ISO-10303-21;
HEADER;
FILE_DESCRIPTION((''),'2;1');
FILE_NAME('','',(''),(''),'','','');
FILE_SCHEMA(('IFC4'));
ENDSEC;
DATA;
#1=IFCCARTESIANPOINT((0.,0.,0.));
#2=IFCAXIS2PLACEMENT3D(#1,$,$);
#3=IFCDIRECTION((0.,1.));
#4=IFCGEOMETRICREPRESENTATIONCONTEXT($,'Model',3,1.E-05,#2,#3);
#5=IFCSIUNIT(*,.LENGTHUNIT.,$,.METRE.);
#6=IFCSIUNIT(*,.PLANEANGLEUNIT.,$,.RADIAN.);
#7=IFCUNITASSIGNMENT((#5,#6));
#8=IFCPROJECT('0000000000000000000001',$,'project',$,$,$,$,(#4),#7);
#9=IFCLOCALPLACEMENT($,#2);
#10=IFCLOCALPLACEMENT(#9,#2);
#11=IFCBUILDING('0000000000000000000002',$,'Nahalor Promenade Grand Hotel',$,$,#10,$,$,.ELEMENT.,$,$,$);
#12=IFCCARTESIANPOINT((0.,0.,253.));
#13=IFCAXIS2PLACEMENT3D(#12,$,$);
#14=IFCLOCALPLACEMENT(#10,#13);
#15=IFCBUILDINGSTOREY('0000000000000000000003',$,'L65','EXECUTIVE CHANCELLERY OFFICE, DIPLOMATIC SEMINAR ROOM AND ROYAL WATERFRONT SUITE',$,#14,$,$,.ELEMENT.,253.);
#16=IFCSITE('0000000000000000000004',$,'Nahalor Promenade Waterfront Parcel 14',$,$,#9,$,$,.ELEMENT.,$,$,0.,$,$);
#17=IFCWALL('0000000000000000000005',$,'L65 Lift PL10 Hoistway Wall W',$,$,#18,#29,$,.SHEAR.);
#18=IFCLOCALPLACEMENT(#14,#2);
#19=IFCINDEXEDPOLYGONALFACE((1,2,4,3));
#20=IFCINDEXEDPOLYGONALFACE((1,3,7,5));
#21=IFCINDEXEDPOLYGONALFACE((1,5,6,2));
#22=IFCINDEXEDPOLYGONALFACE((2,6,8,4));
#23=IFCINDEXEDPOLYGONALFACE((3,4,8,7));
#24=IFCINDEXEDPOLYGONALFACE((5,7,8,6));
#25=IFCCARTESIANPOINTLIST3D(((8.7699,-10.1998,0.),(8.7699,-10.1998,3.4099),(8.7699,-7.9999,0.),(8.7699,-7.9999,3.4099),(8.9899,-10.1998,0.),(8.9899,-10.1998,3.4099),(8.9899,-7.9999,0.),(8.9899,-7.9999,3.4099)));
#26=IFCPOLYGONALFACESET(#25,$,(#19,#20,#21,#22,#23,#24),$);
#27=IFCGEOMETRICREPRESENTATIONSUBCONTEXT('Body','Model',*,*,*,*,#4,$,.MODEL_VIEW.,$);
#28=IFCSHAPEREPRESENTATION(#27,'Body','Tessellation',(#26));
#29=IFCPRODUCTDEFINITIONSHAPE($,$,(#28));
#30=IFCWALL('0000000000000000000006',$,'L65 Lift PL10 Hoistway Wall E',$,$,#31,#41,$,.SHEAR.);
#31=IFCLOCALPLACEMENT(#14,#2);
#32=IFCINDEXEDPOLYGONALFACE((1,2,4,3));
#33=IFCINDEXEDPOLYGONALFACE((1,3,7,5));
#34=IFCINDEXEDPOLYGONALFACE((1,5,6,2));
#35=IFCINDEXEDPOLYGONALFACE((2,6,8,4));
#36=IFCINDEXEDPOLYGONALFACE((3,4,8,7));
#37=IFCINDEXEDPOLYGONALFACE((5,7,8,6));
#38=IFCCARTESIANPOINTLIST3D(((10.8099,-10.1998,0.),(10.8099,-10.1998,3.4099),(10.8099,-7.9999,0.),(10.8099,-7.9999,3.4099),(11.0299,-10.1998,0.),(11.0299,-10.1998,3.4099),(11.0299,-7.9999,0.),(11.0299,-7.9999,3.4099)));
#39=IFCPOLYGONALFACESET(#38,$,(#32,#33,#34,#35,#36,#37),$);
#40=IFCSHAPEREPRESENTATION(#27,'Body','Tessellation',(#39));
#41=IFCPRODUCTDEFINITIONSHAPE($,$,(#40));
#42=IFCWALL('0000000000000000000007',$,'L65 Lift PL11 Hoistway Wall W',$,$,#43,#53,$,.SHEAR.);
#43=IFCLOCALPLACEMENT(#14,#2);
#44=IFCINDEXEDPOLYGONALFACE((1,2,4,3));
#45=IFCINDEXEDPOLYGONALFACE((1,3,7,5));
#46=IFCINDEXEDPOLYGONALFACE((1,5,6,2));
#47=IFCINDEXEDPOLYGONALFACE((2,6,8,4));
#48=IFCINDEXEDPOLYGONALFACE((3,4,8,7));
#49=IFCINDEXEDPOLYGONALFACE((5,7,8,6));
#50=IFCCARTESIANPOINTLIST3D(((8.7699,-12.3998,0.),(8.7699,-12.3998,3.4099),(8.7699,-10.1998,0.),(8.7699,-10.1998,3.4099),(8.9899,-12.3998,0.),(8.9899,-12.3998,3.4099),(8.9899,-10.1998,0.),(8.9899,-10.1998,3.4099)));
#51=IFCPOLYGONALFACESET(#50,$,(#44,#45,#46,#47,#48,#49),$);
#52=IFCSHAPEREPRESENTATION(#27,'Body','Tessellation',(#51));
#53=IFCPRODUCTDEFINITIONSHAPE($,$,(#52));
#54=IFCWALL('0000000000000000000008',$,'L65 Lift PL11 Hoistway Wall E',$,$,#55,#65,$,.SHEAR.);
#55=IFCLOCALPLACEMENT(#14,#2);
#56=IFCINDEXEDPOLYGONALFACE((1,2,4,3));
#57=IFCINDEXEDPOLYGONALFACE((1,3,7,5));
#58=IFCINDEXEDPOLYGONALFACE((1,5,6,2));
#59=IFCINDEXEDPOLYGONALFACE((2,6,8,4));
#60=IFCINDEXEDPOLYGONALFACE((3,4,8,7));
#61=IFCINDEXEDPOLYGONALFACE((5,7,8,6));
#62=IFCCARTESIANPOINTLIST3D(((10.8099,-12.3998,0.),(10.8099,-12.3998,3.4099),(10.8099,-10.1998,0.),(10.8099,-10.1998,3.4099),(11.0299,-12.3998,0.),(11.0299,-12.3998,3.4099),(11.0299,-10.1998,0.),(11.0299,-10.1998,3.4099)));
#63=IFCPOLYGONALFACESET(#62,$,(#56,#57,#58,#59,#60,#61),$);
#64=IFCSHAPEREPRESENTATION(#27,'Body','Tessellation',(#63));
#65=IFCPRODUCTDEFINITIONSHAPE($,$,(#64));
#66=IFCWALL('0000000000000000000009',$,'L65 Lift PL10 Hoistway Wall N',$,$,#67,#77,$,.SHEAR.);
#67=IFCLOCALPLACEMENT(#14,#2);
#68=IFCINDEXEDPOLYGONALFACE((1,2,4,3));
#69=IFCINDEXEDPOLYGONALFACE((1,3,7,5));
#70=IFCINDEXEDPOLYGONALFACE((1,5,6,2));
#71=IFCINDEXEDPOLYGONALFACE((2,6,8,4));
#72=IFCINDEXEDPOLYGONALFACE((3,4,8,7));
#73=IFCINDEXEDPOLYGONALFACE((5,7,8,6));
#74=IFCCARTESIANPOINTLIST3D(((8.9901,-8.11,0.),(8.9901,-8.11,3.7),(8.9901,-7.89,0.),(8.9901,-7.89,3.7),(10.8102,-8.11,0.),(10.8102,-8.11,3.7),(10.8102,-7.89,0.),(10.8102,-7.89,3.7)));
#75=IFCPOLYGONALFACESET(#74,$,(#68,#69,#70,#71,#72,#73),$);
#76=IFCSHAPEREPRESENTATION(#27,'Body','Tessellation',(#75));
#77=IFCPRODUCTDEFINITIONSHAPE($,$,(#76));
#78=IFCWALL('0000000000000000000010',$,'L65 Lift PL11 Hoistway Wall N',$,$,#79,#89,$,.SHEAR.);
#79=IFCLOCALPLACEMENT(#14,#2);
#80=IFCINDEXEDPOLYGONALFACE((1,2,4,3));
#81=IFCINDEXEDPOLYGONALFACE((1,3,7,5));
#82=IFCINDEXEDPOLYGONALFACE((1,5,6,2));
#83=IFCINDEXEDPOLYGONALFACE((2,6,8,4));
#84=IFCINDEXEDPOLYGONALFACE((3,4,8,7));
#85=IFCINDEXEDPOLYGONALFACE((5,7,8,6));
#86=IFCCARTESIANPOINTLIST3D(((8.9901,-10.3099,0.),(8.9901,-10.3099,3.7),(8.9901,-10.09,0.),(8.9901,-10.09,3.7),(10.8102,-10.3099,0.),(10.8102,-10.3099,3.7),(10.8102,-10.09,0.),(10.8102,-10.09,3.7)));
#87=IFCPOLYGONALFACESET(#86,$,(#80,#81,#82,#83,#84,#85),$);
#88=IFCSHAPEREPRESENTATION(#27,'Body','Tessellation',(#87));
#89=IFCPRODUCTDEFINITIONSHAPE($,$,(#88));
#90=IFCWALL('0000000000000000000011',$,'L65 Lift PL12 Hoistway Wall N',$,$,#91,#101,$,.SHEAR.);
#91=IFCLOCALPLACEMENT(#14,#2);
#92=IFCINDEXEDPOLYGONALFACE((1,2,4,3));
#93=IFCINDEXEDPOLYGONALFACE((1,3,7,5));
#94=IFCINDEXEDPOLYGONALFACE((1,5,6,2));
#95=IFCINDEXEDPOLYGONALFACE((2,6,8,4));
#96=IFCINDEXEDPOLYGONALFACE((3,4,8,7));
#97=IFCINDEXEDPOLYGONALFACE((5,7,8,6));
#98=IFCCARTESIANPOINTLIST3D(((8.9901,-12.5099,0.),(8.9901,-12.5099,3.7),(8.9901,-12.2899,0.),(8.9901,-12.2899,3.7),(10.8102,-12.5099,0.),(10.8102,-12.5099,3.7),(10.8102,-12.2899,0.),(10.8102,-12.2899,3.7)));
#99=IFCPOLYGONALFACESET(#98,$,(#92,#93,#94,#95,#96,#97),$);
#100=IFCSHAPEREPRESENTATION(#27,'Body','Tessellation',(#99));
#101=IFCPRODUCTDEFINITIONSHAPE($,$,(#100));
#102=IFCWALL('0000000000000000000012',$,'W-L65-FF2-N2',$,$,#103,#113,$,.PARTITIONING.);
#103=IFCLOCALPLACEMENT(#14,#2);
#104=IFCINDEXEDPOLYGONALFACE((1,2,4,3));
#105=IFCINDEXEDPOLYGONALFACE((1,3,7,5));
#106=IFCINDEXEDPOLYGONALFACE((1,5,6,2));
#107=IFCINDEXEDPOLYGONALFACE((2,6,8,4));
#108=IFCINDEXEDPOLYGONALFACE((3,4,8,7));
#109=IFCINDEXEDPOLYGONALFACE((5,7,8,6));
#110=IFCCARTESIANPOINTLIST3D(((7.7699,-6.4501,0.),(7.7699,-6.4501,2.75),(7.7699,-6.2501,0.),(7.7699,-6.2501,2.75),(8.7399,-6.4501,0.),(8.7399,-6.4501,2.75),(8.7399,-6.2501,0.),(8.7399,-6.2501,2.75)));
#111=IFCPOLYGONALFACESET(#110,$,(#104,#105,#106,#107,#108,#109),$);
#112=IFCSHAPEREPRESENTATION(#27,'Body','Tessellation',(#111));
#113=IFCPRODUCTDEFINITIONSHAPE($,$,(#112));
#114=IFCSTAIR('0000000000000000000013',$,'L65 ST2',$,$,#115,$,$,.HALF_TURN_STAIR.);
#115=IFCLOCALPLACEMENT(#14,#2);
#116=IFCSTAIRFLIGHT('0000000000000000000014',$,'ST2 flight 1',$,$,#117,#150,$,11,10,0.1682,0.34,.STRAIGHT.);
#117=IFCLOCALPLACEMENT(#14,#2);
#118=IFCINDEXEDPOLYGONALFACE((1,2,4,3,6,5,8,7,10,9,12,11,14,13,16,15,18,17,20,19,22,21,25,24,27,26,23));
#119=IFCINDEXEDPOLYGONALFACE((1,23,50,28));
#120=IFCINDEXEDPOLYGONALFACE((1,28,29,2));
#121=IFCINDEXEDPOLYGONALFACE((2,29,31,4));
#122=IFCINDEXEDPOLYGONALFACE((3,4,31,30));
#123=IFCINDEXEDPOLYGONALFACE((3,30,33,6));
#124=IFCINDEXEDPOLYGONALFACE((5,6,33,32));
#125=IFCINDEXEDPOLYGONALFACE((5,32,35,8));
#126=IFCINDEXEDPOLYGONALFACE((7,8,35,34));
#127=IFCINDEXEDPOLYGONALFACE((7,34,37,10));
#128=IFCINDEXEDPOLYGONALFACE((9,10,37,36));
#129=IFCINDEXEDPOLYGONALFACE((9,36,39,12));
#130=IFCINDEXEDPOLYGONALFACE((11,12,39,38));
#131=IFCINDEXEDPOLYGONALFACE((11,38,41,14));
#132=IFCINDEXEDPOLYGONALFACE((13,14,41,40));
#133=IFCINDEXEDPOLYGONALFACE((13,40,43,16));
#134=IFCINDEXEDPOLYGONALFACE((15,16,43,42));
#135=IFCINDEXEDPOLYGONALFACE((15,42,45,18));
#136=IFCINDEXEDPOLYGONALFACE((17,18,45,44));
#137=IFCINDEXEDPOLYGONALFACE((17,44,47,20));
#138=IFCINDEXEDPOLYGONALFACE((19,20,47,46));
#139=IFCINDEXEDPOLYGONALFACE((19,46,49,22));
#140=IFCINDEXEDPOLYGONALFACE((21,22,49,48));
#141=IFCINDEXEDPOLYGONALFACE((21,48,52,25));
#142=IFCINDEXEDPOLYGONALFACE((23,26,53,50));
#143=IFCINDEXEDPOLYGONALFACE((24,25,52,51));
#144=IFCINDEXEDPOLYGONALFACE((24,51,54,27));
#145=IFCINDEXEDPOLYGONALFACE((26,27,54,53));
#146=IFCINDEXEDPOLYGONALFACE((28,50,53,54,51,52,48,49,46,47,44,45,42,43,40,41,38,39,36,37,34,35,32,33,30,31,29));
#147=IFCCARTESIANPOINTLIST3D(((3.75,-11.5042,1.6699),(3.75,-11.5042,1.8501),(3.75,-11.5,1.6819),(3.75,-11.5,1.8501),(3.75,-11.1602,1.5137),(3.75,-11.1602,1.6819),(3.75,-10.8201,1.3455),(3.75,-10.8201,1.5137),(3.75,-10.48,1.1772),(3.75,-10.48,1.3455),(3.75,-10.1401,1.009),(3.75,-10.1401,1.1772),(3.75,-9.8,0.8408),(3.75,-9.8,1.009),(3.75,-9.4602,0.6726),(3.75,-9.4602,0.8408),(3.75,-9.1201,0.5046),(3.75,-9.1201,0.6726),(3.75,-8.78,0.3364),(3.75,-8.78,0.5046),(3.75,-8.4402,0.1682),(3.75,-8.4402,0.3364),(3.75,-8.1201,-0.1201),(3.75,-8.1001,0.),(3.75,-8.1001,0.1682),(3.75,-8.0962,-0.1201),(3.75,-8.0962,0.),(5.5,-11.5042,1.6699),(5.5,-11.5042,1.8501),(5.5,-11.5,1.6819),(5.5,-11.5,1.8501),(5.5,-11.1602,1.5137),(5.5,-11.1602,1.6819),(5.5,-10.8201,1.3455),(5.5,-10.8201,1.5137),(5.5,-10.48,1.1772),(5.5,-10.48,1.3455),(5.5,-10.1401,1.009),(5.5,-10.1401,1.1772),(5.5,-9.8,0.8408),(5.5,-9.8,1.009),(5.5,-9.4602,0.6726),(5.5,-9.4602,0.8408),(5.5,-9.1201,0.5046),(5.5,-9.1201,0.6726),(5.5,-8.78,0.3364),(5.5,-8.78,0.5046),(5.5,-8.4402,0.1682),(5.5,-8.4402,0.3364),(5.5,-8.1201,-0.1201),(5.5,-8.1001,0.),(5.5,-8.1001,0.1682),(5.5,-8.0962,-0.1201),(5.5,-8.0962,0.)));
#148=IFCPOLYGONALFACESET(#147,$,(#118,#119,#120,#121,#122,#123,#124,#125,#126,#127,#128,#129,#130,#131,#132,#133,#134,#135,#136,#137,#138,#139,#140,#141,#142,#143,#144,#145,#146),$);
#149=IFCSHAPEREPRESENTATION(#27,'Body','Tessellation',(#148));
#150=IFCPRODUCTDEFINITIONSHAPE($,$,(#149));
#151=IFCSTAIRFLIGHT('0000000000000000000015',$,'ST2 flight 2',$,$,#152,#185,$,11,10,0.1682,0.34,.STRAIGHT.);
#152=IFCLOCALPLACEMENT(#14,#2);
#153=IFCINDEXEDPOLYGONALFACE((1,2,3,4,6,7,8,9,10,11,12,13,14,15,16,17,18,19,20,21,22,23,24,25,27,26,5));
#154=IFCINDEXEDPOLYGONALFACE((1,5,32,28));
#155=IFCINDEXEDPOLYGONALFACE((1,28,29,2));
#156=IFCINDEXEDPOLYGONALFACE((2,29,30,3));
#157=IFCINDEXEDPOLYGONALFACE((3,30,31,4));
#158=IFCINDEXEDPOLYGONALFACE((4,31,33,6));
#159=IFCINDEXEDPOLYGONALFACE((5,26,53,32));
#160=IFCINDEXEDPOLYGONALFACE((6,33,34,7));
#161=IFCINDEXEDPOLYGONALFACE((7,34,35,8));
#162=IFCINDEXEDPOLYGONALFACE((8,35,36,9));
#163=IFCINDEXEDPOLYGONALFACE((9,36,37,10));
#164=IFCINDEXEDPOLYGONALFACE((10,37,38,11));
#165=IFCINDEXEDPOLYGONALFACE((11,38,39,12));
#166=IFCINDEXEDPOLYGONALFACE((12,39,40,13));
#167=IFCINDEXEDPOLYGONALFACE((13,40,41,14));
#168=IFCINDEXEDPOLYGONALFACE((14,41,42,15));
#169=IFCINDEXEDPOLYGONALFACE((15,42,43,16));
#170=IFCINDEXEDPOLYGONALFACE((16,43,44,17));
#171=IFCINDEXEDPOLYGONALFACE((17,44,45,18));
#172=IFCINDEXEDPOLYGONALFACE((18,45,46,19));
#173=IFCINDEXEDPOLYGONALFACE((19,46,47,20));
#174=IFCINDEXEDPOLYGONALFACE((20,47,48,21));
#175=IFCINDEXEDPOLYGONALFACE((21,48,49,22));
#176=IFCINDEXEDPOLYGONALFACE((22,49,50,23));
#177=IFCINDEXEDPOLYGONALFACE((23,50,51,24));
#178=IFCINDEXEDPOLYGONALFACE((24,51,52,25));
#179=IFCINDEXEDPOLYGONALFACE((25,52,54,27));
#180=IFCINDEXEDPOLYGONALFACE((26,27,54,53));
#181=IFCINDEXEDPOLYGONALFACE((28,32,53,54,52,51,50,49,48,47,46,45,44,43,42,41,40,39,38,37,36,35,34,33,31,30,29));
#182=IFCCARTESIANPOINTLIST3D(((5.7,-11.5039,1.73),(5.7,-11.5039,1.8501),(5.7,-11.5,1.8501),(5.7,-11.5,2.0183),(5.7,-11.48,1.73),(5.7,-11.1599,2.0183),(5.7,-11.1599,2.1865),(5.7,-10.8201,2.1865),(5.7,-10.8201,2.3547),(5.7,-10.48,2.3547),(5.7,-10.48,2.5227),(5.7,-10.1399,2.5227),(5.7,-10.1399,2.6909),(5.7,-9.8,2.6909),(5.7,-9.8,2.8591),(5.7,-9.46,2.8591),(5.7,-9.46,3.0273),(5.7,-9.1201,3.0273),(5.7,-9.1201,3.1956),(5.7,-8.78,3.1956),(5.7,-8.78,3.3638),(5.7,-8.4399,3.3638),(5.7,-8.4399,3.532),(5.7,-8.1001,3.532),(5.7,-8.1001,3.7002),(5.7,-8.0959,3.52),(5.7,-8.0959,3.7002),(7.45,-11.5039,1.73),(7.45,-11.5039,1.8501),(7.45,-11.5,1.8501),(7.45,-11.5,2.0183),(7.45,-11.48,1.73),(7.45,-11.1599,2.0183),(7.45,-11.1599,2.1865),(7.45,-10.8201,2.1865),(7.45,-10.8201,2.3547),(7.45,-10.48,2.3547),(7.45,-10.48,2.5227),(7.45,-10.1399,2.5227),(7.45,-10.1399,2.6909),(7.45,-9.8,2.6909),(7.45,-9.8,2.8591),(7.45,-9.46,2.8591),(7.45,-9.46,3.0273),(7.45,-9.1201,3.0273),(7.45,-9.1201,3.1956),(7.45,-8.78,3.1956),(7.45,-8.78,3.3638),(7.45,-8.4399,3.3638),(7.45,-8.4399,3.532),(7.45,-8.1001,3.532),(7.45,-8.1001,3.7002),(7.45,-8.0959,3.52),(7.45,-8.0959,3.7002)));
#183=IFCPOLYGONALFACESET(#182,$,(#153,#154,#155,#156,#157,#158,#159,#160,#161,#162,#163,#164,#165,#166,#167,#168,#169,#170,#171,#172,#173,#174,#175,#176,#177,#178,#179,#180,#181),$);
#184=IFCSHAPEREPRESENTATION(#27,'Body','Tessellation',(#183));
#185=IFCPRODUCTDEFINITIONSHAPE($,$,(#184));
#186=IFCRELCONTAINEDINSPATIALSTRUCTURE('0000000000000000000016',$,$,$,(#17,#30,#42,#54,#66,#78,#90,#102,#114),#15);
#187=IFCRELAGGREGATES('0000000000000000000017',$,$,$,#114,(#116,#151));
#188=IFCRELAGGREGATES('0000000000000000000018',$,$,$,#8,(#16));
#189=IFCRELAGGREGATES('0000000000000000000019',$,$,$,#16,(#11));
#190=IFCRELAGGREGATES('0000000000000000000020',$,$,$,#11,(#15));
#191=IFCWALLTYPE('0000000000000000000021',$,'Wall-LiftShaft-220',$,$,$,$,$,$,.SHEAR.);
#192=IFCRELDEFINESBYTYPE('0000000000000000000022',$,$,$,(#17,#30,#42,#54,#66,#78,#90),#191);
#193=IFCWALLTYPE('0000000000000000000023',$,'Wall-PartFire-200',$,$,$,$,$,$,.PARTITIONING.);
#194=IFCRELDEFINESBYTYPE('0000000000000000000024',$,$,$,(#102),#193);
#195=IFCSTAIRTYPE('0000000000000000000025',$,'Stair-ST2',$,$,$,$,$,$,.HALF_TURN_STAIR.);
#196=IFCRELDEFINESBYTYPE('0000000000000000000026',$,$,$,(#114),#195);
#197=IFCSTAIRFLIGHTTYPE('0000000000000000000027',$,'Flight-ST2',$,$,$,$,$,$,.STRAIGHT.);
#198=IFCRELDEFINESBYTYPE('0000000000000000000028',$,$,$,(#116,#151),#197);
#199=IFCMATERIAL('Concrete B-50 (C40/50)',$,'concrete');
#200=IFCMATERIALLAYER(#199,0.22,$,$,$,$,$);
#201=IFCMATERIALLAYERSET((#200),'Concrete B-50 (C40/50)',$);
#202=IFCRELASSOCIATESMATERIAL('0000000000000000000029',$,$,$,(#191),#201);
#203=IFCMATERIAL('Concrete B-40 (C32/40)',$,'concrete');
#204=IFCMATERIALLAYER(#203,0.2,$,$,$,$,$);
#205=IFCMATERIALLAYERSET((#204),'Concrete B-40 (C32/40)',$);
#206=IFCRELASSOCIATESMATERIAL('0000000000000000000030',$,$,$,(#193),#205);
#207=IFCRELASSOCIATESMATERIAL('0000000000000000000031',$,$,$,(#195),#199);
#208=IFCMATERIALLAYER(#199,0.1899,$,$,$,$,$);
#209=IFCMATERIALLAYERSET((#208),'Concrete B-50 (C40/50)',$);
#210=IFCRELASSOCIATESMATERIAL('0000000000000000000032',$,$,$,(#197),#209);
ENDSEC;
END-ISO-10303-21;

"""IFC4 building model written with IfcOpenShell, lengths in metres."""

from ifc_helpers import new_model, si_unit, direction, frame, frame_2d, origin, place, context, subcontext, project, spatial, polyline, rectangle, outline, extrude, source, transform, mapped, material, layer, layer_set, type_object, element, aggregate, save


model = new_model("IFC4")

# Units and contexts
model_context = context("Model", 3, precision=1e-05, world=origin(), true_north=direction((0.0, 1.0)))
body_context = subcontext(model_context, "Body", "Model", "MODEL_VIEW")
ifc_project = project(units=[si_unit("LENGTHUNIT", "METRE"), si_unit("PLANEANGLEUNIT", "RADIAN")], contexts=[model_context])

# Site, building, storey
site_placement = place(None, origin())
site = spatial("IfcSite", under=ifc_project, at=site_placement, Name="Nahalor Promenade Waterfront Parcel 14", CompositionType="ELEMENT", RefElevation=0.0)
building_placement = place(site_placement, origin())
building = spatial("IfcBuilding", under=site, at=building_placement, Name="Nahalor Promenade Grand Hotel", CompositionType="ELEMENT")
storey_placement = place(building_placement, frame((0.0, 0.0, 253.0)))
storey = spatial("IfcBuildingStorey", under=building, at=storey_placement, Name="L65", Description="EXECUTIVE CHANCELLERY OFFICE, DIPLOMATIC SEMINAR ROOM AND ROYAL WATERFRONT SUITE", CompositionType="ELEMENT", Elevation=253.0)

# Shared definitions
ifc_material_1 = material(Name="Concrete B-50 (C40/50)", Category="concrete")
ifc_layer_1 = layer(ifc_material_1, 0.22)
ifc_layer_set_1 = layer_set([ifc_layer_1], Name="Concrete B-50 (C40/50)")
wall_type_1 = type_object("IfcWallType", Name="Wall-LiftShaft-220", PredefinedType="SHEAR", material=ifc_layer_set_1)

# Shared definitions
shared_shape_1 = source(origin(), body_context, "Body", "SweptSolid", [
    extrude(rectangle(XDim=2.2, YDim=0.22, at=frame_2d((1.1001, 0.0))), origin(), (0.0, 0.0, 1.0), 3.4099),
])

# Walls
for number, where, z_axis, x_axis, name in (
    (1, (8.8799, -10.2, 0.0), (0.0, 0.0, 1.0), (0.0, 1.0, 0.0), "L65 Lift PL10 Hoistway Wall W"),
    (2, (10.9199, -10.2, 0.0), (0.0, 0.0, 1.0), (0.0, 1.0, 0.0), "L65 Lift PL10 Hoistway Wall E"),
    (3, (8.8799, -12.3999, 0.0), (0.0, 0.0, 1.0), (0.0, 1.0, 0.0), "L65 Lift PL11 Hoistway Wall W"),
    (4, (10.9199, -12.3999, 0.0), (0.0, 0.0, 1.0), (0.0, 1.0, 0.0), "L65 Lift PL11 Hoistway Wall E"),
):
    element("IfcWall", number, at=place(storey_placement, frame(where, z_axis=z_axis, x_axis=x_axis)), inside=storey, type_object=wall_type_1, Name=name, PredefinedType="SHEAR", context=body_context, shape_type="MappedRepresentation", body=[
        mapped(shared_shape_1, transform((0.0, 0.0, 0.0), scale=1.0)),
    ])
shared_shape_2 = source(origin(), body_context, "Body", "SweptSolid", [
    extrude(rectangle(XDim=1.8201, YDim=0.22, at=frame_2d((0.9102, 0.0))), origin(), (0.0, 0.0, 1.0), 3.7),
])
for number, where, z_axis, x_axis, name in (
    (5, (8.99, -8.0, 0.0), (0.0, 0.0, 1.0), (1.0, 0.0, 0.0), "L65 Lift PL10 Hoistway Wall N"),
    (6, (8.99, -10.2, 0.0), (0.0, 0.0, 1.0), (1.0, 0.0, 0.0), "L65 Lift PL11 Hoistway Wall N"),
    (7, (8.99, -12.3999, 0.0), (0.0, 0.0, 1.0), (1.0, 0.0, 0.0), "L65 Lift PL12 Hoistway Wall N"),
):
    element("IfcWall", number, at=place(storey_placement, frame(where, z_axis=z_axis, x_axis=x_axis)), inside=storey, type_object=wall_type_1, Name=name, PredefinedType="SHEAR", context=body_context, shape_type="MappedRepresentation", body=[
        mapped(shared_shape_2, transform((0.0, 0.0, 0.0), scale=1.0)),
    ])
ifc_material_2 = material(Name="Concrete B-40 (C32/40)", Category="concrete")
ifc_layer_2 = layer(ifc_material_2, 0.2)
ifc_layer_set_2 = layer_set([ifc_layer_2], Name="Concrete B-40 (C32/40)")
wall_type_2 = type_object("IfcWallType", Name="Wall-PartFire-200", PredefinedType="PARTITIONING", material=ifc_layer_set_2)
shared_shape_3 = source(origin(), body_context, "Body", "SweptSolid", [
    extrude(rectangle(XDim=0.97, YDim=0.2, at=frame_2d((0.4849, 0.0))), origin(), (0.0, 0.0, 1.0), 2.75),
])
wall_1_placement = place(storey_placement, frame((7.77, -6.3501, 0.0), z_axis=(0.0, 0.0, 1.0), x_axis=(1.0, 0.0, 0.0)))
element("IfcWall", 8, at=wall_1_placement, inside=storey, type_object=wall_type_2, Name="W-L65-FF2-N2", PredefinedType="PARTITIONING", context=body_context, shape_type="MappedRepresentation", body=[
    mapped(shared_shape_3, transform((0.0, 0.0, 0.0), scale=1.0)),
])

# Stair, stair flights
stair_type = type_object("IfcStairType", Name="Stair-ST2", PredefinedType="HALF_TURN_STAIR", material=ifc_material_1)
stair_placement = place(storey_placement, origin())
stair = element("IfcStair", 9, at=stair_placement, inside=storey, type_object=stair_type, Name="L65 ST2", PredefinedType="HALF_TURN_STAIR")
ifc_layer_3 = layer(ifc_material_1, 0.1899)
ifc_layer_set_3 = layer_set([ifc_layer_3], Name="Concrete B-50 (C40/50)")
stair_flight_type = type_object("IfcStairFlightType", Name="Flight-ST2", PredefinedType="STRAIGHT", material=ifc_layer_set_3)
shared_shape_4 = source(origin(), body_context, "Body", "SweptSolid", [
    extrude(outline(polyline([(-0.0039, -0.1201), (-0.0039, 0.0), (0.0, 0.0), (0.0, 0.1682), (0.3401, 0.1682), (0.3401, 0.3364), (0.6799, 0.3364), (0.6799, 0.5046), (1.02, 0.5046), (1.02, 0.6726), (1.3601, 0.6726), (1.3601, 0.8408), (1.7, 0.8408), (1.7, 1.009), (2.04, 1.009), (2.04, 1.1772), (2.3799, 1.1772), (2.3799, 1.3455), (2.72, 1.3455), (2.72, 1.5137), (3.0601, 1.5137), (3.0601, 1.6819), (3.3999, 1.6819), (3.3999, 1.8501), (3.4041, 1.8501), (3.4041, 1.6699), (0.02, -0.1201), (-0.0039, -0.1201)])), frame((0.0, 0.875, 0.0), z_axis=(0.0, -1.0, 0.0), x_axis=(1.0, 0.0, 0.0)), (0.0, 0.0, 1.0), 1.75),
])
stair_flight_1_placement = place(storey_placement, frame((4.625, -8.1001, 0.0), z_axis=(0.0, 0.0, 1.0), x_axis=(0.0, -1.0, 0.0)))
stair_flight_1 = element("IfcStairFlight", 10, at=stair_flight_1_placement, type_object=stair_flight_type, Name="ST2 flight 1", NumberOfRisers=11, NumberOfTreads=10, PredefinedType="STRAIGHT", RiserHeight=0.1682, TreadLength=0.34, context=body_context, shape_type="MappedRepresentation", body=[
    mapped(shared_shape_4, transform((0.0, 0.0, 0.0), scale=1.0)),
])
stair_flight_2_placement = place(storey_placement, frame((6.575, -11.5, 1.8501), z_axis=(0.0, 0.0, 1.0), x_axis=(0.0, 1.0, 0.0)))
stair_flight_2 = element("IfcStairFlight", 11, at=stair_flight_2_placement, type_object=stair_flight_type, Name="ST2 flight 2", NumberOfRisers=11, NumberOfTreads=10, PredefinedType="STRAIGHT", RiserHeight=0.1682, TreadLength=0.34, context=body_context, shape_type="MappedRepresentation", body=[
    mapped(shared_shape_4, transform((0.0, 0.0, 0.0), scale=1.0)),
])
aggregate(stair, [stair_flight_1, stair_flight_2])

save(model, "model.ifc")
